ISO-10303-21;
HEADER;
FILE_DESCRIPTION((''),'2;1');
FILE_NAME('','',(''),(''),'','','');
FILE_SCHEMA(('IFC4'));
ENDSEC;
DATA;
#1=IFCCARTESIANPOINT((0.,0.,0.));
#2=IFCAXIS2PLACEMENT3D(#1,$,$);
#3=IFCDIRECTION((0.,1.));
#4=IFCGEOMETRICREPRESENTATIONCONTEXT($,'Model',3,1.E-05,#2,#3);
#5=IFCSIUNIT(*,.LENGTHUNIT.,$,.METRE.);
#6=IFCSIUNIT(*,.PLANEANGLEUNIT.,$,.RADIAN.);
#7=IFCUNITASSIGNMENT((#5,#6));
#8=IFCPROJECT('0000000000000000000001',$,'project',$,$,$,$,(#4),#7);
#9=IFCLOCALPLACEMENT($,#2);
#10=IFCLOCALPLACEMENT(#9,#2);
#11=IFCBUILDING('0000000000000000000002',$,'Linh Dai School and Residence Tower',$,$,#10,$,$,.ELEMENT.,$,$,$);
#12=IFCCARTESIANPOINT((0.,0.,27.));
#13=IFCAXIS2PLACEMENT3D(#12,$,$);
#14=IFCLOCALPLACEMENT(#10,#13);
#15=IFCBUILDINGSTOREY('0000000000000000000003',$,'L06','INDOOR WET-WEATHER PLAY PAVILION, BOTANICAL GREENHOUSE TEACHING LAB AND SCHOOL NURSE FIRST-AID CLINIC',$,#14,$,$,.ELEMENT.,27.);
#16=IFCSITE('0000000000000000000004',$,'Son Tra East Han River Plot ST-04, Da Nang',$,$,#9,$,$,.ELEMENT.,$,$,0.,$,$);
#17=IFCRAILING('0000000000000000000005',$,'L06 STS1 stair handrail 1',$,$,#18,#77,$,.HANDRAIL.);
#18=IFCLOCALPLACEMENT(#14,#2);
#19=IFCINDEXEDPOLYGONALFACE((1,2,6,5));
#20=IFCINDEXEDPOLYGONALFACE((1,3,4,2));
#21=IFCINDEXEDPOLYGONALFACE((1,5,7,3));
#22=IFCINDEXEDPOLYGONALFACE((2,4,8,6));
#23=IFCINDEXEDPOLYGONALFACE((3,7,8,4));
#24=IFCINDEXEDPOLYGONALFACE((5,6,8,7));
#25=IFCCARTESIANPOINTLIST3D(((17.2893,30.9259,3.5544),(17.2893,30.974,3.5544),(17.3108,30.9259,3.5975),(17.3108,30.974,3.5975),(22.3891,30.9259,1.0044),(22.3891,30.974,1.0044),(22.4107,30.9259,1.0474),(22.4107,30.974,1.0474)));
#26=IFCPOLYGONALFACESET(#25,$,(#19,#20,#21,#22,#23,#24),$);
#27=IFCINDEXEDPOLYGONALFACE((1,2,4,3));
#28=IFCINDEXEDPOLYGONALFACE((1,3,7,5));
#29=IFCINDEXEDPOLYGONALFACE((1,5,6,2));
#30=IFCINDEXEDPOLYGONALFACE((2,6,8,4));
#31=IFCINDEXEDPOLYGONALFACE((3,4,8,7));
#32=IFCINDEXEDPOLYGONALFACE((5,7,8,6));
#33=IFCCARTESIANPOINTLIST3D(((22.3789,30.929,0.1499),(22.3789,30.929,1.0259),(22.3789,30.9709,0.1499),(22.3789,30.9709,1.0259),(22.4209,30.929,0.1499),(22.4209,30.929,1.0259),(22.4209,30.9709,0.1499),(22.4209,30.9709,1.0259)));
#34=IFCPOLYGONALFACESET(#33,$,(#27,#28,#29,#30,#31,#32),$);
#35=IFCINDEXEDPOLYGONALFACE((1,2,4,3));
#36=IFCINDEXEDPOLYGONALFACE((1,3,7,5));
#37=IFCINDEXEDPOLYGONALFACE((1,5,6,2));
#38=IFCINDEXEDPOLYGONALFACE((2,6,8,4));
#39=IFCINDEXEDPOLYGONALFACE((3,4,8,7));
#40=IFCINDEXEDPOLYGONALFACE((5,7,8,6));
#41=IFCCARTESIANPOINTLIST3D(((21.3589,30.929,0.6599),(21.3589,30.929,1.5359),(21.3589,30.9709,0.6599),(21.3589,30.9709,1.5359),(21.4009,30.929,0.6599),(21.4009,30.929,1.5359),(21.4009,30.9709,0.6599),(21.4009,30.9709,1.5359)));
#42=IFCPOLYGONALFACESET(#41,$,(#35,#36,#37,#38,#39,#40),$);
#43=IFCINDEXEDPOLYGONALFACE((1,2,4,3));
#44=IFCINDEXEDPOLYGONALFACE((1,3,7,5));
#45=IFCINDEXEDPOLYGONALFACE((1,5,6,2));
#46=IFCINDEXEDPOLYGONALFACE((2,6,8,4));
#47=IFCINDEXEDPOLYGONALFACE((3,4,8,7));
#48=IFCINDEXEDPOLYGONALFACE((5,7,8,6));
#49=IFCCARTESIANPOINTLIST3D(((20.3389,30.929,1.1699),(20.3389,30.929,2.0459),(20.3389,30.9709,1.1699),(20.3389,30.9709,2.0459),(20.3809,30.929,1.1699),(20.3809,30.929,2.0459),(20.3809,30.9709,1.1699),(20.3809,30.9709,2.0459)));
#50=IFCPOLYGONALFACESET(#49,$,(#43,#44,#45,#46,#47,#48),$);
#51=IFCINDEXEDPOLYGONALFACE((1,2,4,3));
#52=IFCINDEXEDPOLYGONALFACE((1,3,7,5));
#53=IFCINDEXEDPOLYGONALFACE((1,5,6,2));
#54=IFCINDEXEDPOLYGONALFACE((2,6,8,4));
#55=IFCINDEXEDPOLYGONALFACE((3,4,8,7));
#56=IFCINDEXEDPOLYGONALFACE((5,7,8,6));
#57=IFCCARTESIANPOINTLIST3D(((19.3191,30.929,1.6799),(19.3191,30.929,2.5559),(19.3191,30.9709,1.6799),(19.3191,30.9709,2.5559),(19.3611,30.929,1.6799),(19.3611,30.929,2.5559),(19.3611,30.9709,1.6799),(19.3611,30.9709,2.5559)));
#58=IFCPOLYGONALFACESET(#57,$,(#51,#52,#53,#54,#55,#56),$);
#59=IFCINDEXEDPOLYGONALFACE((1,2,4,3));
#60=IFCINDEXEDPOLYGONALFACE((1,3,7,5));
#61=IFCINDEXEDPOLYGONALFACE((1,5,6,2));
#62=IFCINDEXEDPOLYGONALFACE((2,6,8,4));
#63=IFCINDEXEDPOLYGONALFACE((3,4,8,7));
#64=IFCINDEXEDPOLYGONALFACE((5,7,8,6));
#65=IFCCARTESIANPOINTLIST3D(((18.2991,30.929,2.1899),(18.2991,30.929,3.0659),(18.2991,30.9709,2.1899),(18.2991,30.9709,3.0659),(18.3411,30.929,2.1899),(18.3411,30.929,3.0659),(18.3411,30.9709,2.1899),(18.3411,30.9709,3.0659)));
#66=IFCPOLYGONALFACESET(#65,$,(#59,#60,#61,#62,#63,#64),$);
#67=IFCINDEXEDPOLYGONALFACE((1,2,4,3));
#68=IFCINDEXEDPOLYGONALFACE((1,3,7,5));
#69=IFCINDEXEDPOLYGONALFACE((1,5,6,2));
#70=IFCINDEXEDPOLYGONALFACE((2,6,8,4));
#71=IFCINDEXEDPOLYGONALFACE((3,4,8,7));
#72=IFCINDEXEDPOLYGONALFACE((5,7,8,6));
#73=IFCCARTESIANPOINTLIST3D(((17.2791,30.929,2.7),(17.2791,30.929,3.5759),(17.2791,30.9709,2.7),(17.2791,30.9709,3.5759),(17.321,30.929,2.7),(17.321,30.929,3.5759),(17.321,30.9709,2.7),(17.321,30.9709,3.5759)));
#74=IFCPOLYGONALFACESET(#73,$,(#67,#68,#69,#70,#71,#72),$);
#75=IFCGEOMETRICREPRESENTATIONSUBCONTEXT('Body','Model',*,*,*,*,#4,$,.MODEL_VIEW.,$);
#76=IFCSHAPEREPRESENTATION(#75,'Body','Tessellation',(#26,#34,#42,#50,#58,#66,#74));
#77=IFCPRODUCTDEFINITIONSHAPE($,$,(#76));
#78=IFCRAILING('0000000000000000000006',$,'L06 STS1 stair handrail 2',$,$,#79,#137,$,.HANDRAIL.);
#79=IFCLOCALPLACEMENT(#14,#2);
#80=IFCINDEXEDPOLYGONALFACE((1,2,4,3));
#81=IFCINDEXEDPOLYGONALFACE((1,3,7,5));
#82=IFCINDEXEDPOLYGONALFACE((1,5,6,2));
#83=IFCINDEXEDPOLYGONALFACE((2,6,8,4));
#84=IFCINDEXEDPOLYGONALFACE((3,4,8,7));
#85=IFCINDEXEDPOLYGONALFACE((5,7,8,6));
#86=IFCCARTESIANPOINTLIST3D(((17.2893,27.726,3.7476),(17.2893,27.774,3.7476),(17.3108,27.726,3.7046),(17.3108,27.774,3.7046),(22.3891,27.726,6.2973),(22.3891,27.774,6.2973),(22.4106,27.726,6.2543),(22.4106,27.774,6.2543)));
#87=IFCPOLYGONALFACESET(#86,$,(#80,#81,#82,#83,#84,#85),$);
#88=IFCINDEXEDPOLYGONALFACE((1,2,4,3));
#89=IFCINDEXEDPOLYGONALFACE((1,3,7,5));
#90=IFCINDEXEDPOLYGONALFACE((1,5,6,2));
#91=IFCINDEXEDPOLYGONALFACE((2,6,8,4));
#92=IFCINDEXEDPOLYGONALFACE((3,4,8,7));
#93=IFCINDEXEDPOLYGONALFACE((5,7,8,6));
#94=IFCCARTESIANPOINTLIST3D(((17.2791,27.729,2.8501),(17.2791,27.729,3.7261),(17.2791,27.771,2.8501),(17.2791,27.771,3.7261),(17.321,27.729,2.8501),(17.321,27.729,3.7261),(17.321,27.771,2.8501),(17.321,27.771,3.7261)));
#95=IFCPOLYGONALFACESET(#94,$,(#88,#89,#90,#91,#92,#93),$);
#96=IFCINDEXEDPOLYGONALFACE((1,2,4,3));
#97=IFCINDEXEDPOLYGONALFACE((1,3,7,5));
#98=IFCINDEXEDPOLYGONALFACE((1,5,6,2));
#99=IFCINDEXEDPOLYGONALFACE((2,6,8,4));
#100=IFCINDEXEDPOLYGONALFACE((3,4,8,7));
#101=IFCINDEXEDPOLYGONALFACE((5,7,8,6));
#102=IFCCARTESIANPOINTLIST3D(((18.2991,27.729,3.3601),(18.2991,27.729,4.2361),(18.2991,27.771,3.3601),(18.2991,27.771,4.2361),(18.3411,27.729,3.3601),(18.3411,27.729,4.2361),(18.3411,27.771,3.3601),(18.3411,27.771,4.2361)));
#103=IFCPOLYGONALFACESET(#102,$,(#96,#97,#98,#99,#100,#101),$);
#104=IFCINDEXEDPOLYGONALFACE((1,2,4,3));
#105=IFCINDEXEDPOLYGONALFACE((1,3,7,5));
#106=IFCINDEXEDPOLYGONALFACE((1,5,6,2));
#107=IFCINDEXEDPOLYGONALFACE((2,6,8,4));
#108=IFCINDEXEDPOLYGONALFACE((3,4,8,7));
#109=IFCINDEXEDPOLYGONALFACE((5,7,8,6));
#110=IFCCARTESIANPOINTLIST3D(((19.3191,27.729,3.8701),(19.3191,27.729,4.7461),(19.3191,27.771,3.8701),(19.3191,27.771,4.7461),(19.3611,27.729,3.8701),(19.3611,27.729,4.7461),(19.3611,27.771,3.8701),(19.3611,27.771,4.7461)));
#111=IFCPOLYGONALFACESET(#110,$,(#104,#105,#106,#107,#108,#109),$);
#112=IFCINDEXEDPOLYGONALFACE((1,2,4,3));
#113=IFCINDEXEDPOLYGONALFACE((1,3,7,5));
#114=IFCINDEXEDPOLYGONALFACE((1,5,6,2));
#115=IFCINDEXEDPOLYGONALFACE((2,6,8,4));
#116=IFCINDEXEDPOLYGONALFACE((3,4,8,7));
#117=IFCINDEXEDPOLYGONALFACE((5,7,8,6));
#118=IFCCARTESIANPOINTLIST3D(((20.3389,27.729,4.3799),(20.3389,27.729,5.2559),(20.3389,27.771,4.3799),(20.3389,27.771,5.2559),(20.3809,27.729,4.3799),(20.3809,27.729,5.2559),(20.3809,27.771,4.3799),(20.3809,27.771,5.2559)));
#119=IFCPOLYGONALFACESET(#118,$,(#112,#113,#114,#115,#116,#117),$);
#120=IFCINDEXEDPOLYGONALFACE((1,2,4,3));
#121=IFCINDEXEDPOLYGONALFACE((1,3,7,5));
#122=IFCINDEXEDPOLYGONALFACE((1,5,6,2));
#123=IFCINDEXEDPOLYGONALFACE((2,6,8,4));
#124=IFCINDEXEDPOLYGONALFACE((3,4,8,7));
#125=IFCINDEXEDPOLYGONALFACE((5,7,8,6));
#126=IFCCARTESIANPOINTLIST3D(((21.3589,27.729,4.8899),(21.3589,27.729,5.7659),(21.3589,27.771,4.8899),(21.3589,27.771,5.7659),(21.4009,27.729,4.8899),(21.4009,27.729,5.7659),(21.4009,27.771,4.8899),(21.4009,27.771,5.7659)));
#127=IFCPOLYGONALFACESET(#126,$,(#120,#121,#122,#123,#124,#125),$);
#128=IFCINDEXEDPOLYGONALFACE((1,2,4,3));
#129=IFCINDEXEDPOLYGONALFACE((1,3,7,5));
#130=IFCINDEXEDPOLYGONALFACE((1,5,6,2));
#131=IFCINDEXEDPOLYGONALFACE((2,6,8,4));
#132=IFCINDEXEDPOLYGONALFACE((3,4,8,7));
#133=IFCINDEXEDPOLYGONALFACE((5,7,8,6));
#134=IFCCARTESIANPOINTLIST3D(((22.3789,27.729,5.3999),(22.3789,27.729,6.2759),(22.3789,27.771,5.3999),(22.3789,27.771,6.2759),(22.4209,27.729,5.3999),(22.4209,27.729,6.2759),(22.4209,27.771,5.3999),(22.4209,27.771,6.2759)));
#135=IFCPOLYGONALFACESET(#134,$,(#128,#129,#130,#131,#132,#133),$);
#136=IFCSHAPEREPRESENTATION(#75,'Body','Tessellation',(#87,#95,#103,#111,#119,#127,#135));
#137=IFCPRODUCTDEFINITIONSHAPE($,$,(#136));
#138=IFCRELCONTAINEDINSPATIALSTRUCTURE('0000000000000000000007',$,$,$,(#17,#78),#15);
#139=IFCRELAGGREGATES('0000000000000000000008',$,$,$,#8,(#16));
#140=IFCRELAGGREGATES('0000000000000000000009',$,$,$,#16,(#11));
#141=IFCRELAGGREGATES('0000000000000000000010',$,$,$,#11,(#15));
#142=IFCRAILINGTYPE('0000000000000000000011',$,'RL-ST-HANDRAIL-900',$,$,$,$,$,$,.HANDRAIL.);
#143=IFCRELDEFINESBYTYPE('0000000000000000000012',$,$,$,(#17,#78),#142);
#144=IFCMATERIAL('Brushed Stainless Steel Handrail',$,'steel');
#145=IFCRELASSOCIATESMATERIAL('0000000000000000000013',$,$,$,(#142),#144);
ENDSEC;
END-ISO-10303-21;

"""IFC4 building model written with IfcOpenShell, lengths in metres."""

from ifc_helpers import new_model, si_unit, direction, frame, origin, origin_2d, place, context, subcontext, project, spatial, rectangle, extrude, source, transform, mapped, material, type_object, element, save


model = new_model("IFC4")

# Units and contexts
model_context = context("Model", 3, precision=1e-05, world=origin(), true_north=direction((0.0, 1.0)))
body_context = subcontext(model_context, "Body", "Model", "MODEL_VIEW")
ifc_project = project(units=[si_unit("LENGTHUNIT", "METRE"), si_unit("PLANEANGLEUNIT", "RADIAN")], contexts=[model_context])

# Site, building, storey
site_placement = place(None, origin())
site = spatial("IfcSite", under=ifc_project, at=site_placement, Name="Son Tra East Han River Plot ST-04, Da Nang", CompositionType="ELEMENT", RefElevation=0.0)
building_placement = place(site_placement, origin())
building = spatial("IfcBuilding", under=site, at=building_placement, Name="Linh Dai School and Residence Tower", CompositionType="ELEMENT")
storey_placement = place(building_placement, frame((0.0, 0.0, 27.0)))
storey = spatial("IfcBuildingStorey", under=building, at=storey_placement, Name="L06", Description="INDOOR WET-WEATHER PLAY PAVILION, BOTANICAL GREENHOUSE TEACHING LAB AND SCHOOL NURSE FIRST-AID CLINIC", CompositionType="ELEMENT", Elevation=27.0)

# Railings
ifc_material_1 = material(Name="Brushed Stainless Steel Handrail", Category="steel")
railing_type_1 = type_object("IfcRailingType", Name="RL-ST-HANDRAIL-900", PredefinedType="HANDRAIL", material=ifc_material_1)
shared_shape_1 = source(origin(), body_context, "Body", "SweptSolid", [
    extrude(rectangle(XDim=0.0481, YDim=0.0481, at=origin_2d()), frame((0.0, 0.0, 0.876), z_axis=(-0.894419, 0.0, 0.447231), x_axis=(0.0, -1.0, 0.0)), (0.0, 0.0, 1.0), 5.7019),
    extrude(rectangle(XDim=0.042, YDim=0.042, at=origin_2d()), origin(), (0.0, 0.0, 1.0), 0.876),
    extrude(rectangle(XDim=0.042, YDim=0.042, at=origin_2d()), frame((-1.02, 0.0, 0.51)), (0.0, 0.0, 1.0), 0.876),
    extrude(rectangle(XDim=0.042, YDim=0.042, at=origin_2d()), frame((-2.04, 0.0, 1.02)), (0.0, 0.0, 1.0), 0.876),
    extrude(rectangle(XDim=0.042, YDim=0.042, at=origin_2d()), frame((-3.0598, 0.0, 1.53)), (0.0, 0.0, 1.0), 0.876),
    extrude(rectangle(XDim=0.042, YDim=0.042, at=origin_2d()), frame((-4.0798, 0.0, 2.04)), (0.0, 0.0, 1.0), 0.876),
    extrude(rectangle(XDim=0.042, YDim=0.042, at=origin_2d()), frame((-5.0999, 0.0, 2.55)), (0.0, 0.0, 1.0), 0.876),
])
railing_1_placement = place(storey_placement, frame((22.3999, 30.95, 0.1499)))
element("IfcRailing", 1, at=railing_1_placement, inside=storey, type_object=railing_type_1, Name="L06 STS1 stair handrail 1", PredefinedType="HANDRAIL", context=body_context, shape_type="MappedRepresentation", body=[
    mapped(shared_shape_1, transform((0.0, 0.0, 0.0), x_axis=(1.0, 0.0, 0.0), y_axis=(0.0, 1.0, 0.0), z_axis=(0.0, 0.0, 1.0), scale=1.0)),
])
shared_shape_2 = source(origin(), body_context, "Body", "SweptSolid", [
    extrude(rectangle(XDim=0.0481, YDim=0.0481, at=origin_2d()), frame((0.0, 0.0, 0.876), z_axis=(0.894436, 0.0, 0.447196), x_axis=(0.0, 1.0, 0.0)), (0.0, 0.0, 1.0), 5.7017),
    extrude(rectangle(XDim=0.042, YDim=0.042, at=origin_2d()), origin(), (0.0, 0.0, 1.0), 0.876),
    extrude(rectangle(XDim=0.042, YDim=0.042, at=origin_2d()), frame((1.02, 0.0, 0.51)), (0.0, 0.0, 1.0), 0.876),
    extrude(rectangle(XDim=0.042, YDim=0.042, at=origin_2d()), frame((2.04, 0.0, 1.02)), (0.0, 0.0, 1.0), 0.876),
    extrude(rectangle(XDim=0.042, YDim=0.042, at=origin_2d()), frame((3.0598, 0.0, 1.5298)), (0.0, 0.0, 1.0), 0.876),
    extrude(rectangle(XDim=0.042, YDim=0.042, at=origin_2d()), frame((4.0798, 0.0, 2.0398)), (0.0, 0.0, 1.0), 0.876),
    extrude(rectangle(XDim=0.042, YDim=0.042, at=origin_2d()), frame((5.0999, 0.0, 2.5498)), (0.0, 0.0, 1.0), 0.876),
])
railing_2_placement = place(storey_placement, frame((17.3, 27.75, 2.8501)))
element("IfcRailing", 2, at=railing_2_placement, inside=storey, type_object=railing_type_1, Name="L06 STS1 stair handrail 2", PredefinedType="HANDRAIL", context=body_context, shape_type="MappedRepresentation", body=[
    mapped(shared_shape_2, transform((0.0, 0.0, 0.0), x_axis=(1.0, 0.0, 0.0), y_axis=(0.0, 1.0, 0.0), z_axis=(0.0, 0.0, 1.0), scale=1.0)),
])

save(model, "model.ifc")
